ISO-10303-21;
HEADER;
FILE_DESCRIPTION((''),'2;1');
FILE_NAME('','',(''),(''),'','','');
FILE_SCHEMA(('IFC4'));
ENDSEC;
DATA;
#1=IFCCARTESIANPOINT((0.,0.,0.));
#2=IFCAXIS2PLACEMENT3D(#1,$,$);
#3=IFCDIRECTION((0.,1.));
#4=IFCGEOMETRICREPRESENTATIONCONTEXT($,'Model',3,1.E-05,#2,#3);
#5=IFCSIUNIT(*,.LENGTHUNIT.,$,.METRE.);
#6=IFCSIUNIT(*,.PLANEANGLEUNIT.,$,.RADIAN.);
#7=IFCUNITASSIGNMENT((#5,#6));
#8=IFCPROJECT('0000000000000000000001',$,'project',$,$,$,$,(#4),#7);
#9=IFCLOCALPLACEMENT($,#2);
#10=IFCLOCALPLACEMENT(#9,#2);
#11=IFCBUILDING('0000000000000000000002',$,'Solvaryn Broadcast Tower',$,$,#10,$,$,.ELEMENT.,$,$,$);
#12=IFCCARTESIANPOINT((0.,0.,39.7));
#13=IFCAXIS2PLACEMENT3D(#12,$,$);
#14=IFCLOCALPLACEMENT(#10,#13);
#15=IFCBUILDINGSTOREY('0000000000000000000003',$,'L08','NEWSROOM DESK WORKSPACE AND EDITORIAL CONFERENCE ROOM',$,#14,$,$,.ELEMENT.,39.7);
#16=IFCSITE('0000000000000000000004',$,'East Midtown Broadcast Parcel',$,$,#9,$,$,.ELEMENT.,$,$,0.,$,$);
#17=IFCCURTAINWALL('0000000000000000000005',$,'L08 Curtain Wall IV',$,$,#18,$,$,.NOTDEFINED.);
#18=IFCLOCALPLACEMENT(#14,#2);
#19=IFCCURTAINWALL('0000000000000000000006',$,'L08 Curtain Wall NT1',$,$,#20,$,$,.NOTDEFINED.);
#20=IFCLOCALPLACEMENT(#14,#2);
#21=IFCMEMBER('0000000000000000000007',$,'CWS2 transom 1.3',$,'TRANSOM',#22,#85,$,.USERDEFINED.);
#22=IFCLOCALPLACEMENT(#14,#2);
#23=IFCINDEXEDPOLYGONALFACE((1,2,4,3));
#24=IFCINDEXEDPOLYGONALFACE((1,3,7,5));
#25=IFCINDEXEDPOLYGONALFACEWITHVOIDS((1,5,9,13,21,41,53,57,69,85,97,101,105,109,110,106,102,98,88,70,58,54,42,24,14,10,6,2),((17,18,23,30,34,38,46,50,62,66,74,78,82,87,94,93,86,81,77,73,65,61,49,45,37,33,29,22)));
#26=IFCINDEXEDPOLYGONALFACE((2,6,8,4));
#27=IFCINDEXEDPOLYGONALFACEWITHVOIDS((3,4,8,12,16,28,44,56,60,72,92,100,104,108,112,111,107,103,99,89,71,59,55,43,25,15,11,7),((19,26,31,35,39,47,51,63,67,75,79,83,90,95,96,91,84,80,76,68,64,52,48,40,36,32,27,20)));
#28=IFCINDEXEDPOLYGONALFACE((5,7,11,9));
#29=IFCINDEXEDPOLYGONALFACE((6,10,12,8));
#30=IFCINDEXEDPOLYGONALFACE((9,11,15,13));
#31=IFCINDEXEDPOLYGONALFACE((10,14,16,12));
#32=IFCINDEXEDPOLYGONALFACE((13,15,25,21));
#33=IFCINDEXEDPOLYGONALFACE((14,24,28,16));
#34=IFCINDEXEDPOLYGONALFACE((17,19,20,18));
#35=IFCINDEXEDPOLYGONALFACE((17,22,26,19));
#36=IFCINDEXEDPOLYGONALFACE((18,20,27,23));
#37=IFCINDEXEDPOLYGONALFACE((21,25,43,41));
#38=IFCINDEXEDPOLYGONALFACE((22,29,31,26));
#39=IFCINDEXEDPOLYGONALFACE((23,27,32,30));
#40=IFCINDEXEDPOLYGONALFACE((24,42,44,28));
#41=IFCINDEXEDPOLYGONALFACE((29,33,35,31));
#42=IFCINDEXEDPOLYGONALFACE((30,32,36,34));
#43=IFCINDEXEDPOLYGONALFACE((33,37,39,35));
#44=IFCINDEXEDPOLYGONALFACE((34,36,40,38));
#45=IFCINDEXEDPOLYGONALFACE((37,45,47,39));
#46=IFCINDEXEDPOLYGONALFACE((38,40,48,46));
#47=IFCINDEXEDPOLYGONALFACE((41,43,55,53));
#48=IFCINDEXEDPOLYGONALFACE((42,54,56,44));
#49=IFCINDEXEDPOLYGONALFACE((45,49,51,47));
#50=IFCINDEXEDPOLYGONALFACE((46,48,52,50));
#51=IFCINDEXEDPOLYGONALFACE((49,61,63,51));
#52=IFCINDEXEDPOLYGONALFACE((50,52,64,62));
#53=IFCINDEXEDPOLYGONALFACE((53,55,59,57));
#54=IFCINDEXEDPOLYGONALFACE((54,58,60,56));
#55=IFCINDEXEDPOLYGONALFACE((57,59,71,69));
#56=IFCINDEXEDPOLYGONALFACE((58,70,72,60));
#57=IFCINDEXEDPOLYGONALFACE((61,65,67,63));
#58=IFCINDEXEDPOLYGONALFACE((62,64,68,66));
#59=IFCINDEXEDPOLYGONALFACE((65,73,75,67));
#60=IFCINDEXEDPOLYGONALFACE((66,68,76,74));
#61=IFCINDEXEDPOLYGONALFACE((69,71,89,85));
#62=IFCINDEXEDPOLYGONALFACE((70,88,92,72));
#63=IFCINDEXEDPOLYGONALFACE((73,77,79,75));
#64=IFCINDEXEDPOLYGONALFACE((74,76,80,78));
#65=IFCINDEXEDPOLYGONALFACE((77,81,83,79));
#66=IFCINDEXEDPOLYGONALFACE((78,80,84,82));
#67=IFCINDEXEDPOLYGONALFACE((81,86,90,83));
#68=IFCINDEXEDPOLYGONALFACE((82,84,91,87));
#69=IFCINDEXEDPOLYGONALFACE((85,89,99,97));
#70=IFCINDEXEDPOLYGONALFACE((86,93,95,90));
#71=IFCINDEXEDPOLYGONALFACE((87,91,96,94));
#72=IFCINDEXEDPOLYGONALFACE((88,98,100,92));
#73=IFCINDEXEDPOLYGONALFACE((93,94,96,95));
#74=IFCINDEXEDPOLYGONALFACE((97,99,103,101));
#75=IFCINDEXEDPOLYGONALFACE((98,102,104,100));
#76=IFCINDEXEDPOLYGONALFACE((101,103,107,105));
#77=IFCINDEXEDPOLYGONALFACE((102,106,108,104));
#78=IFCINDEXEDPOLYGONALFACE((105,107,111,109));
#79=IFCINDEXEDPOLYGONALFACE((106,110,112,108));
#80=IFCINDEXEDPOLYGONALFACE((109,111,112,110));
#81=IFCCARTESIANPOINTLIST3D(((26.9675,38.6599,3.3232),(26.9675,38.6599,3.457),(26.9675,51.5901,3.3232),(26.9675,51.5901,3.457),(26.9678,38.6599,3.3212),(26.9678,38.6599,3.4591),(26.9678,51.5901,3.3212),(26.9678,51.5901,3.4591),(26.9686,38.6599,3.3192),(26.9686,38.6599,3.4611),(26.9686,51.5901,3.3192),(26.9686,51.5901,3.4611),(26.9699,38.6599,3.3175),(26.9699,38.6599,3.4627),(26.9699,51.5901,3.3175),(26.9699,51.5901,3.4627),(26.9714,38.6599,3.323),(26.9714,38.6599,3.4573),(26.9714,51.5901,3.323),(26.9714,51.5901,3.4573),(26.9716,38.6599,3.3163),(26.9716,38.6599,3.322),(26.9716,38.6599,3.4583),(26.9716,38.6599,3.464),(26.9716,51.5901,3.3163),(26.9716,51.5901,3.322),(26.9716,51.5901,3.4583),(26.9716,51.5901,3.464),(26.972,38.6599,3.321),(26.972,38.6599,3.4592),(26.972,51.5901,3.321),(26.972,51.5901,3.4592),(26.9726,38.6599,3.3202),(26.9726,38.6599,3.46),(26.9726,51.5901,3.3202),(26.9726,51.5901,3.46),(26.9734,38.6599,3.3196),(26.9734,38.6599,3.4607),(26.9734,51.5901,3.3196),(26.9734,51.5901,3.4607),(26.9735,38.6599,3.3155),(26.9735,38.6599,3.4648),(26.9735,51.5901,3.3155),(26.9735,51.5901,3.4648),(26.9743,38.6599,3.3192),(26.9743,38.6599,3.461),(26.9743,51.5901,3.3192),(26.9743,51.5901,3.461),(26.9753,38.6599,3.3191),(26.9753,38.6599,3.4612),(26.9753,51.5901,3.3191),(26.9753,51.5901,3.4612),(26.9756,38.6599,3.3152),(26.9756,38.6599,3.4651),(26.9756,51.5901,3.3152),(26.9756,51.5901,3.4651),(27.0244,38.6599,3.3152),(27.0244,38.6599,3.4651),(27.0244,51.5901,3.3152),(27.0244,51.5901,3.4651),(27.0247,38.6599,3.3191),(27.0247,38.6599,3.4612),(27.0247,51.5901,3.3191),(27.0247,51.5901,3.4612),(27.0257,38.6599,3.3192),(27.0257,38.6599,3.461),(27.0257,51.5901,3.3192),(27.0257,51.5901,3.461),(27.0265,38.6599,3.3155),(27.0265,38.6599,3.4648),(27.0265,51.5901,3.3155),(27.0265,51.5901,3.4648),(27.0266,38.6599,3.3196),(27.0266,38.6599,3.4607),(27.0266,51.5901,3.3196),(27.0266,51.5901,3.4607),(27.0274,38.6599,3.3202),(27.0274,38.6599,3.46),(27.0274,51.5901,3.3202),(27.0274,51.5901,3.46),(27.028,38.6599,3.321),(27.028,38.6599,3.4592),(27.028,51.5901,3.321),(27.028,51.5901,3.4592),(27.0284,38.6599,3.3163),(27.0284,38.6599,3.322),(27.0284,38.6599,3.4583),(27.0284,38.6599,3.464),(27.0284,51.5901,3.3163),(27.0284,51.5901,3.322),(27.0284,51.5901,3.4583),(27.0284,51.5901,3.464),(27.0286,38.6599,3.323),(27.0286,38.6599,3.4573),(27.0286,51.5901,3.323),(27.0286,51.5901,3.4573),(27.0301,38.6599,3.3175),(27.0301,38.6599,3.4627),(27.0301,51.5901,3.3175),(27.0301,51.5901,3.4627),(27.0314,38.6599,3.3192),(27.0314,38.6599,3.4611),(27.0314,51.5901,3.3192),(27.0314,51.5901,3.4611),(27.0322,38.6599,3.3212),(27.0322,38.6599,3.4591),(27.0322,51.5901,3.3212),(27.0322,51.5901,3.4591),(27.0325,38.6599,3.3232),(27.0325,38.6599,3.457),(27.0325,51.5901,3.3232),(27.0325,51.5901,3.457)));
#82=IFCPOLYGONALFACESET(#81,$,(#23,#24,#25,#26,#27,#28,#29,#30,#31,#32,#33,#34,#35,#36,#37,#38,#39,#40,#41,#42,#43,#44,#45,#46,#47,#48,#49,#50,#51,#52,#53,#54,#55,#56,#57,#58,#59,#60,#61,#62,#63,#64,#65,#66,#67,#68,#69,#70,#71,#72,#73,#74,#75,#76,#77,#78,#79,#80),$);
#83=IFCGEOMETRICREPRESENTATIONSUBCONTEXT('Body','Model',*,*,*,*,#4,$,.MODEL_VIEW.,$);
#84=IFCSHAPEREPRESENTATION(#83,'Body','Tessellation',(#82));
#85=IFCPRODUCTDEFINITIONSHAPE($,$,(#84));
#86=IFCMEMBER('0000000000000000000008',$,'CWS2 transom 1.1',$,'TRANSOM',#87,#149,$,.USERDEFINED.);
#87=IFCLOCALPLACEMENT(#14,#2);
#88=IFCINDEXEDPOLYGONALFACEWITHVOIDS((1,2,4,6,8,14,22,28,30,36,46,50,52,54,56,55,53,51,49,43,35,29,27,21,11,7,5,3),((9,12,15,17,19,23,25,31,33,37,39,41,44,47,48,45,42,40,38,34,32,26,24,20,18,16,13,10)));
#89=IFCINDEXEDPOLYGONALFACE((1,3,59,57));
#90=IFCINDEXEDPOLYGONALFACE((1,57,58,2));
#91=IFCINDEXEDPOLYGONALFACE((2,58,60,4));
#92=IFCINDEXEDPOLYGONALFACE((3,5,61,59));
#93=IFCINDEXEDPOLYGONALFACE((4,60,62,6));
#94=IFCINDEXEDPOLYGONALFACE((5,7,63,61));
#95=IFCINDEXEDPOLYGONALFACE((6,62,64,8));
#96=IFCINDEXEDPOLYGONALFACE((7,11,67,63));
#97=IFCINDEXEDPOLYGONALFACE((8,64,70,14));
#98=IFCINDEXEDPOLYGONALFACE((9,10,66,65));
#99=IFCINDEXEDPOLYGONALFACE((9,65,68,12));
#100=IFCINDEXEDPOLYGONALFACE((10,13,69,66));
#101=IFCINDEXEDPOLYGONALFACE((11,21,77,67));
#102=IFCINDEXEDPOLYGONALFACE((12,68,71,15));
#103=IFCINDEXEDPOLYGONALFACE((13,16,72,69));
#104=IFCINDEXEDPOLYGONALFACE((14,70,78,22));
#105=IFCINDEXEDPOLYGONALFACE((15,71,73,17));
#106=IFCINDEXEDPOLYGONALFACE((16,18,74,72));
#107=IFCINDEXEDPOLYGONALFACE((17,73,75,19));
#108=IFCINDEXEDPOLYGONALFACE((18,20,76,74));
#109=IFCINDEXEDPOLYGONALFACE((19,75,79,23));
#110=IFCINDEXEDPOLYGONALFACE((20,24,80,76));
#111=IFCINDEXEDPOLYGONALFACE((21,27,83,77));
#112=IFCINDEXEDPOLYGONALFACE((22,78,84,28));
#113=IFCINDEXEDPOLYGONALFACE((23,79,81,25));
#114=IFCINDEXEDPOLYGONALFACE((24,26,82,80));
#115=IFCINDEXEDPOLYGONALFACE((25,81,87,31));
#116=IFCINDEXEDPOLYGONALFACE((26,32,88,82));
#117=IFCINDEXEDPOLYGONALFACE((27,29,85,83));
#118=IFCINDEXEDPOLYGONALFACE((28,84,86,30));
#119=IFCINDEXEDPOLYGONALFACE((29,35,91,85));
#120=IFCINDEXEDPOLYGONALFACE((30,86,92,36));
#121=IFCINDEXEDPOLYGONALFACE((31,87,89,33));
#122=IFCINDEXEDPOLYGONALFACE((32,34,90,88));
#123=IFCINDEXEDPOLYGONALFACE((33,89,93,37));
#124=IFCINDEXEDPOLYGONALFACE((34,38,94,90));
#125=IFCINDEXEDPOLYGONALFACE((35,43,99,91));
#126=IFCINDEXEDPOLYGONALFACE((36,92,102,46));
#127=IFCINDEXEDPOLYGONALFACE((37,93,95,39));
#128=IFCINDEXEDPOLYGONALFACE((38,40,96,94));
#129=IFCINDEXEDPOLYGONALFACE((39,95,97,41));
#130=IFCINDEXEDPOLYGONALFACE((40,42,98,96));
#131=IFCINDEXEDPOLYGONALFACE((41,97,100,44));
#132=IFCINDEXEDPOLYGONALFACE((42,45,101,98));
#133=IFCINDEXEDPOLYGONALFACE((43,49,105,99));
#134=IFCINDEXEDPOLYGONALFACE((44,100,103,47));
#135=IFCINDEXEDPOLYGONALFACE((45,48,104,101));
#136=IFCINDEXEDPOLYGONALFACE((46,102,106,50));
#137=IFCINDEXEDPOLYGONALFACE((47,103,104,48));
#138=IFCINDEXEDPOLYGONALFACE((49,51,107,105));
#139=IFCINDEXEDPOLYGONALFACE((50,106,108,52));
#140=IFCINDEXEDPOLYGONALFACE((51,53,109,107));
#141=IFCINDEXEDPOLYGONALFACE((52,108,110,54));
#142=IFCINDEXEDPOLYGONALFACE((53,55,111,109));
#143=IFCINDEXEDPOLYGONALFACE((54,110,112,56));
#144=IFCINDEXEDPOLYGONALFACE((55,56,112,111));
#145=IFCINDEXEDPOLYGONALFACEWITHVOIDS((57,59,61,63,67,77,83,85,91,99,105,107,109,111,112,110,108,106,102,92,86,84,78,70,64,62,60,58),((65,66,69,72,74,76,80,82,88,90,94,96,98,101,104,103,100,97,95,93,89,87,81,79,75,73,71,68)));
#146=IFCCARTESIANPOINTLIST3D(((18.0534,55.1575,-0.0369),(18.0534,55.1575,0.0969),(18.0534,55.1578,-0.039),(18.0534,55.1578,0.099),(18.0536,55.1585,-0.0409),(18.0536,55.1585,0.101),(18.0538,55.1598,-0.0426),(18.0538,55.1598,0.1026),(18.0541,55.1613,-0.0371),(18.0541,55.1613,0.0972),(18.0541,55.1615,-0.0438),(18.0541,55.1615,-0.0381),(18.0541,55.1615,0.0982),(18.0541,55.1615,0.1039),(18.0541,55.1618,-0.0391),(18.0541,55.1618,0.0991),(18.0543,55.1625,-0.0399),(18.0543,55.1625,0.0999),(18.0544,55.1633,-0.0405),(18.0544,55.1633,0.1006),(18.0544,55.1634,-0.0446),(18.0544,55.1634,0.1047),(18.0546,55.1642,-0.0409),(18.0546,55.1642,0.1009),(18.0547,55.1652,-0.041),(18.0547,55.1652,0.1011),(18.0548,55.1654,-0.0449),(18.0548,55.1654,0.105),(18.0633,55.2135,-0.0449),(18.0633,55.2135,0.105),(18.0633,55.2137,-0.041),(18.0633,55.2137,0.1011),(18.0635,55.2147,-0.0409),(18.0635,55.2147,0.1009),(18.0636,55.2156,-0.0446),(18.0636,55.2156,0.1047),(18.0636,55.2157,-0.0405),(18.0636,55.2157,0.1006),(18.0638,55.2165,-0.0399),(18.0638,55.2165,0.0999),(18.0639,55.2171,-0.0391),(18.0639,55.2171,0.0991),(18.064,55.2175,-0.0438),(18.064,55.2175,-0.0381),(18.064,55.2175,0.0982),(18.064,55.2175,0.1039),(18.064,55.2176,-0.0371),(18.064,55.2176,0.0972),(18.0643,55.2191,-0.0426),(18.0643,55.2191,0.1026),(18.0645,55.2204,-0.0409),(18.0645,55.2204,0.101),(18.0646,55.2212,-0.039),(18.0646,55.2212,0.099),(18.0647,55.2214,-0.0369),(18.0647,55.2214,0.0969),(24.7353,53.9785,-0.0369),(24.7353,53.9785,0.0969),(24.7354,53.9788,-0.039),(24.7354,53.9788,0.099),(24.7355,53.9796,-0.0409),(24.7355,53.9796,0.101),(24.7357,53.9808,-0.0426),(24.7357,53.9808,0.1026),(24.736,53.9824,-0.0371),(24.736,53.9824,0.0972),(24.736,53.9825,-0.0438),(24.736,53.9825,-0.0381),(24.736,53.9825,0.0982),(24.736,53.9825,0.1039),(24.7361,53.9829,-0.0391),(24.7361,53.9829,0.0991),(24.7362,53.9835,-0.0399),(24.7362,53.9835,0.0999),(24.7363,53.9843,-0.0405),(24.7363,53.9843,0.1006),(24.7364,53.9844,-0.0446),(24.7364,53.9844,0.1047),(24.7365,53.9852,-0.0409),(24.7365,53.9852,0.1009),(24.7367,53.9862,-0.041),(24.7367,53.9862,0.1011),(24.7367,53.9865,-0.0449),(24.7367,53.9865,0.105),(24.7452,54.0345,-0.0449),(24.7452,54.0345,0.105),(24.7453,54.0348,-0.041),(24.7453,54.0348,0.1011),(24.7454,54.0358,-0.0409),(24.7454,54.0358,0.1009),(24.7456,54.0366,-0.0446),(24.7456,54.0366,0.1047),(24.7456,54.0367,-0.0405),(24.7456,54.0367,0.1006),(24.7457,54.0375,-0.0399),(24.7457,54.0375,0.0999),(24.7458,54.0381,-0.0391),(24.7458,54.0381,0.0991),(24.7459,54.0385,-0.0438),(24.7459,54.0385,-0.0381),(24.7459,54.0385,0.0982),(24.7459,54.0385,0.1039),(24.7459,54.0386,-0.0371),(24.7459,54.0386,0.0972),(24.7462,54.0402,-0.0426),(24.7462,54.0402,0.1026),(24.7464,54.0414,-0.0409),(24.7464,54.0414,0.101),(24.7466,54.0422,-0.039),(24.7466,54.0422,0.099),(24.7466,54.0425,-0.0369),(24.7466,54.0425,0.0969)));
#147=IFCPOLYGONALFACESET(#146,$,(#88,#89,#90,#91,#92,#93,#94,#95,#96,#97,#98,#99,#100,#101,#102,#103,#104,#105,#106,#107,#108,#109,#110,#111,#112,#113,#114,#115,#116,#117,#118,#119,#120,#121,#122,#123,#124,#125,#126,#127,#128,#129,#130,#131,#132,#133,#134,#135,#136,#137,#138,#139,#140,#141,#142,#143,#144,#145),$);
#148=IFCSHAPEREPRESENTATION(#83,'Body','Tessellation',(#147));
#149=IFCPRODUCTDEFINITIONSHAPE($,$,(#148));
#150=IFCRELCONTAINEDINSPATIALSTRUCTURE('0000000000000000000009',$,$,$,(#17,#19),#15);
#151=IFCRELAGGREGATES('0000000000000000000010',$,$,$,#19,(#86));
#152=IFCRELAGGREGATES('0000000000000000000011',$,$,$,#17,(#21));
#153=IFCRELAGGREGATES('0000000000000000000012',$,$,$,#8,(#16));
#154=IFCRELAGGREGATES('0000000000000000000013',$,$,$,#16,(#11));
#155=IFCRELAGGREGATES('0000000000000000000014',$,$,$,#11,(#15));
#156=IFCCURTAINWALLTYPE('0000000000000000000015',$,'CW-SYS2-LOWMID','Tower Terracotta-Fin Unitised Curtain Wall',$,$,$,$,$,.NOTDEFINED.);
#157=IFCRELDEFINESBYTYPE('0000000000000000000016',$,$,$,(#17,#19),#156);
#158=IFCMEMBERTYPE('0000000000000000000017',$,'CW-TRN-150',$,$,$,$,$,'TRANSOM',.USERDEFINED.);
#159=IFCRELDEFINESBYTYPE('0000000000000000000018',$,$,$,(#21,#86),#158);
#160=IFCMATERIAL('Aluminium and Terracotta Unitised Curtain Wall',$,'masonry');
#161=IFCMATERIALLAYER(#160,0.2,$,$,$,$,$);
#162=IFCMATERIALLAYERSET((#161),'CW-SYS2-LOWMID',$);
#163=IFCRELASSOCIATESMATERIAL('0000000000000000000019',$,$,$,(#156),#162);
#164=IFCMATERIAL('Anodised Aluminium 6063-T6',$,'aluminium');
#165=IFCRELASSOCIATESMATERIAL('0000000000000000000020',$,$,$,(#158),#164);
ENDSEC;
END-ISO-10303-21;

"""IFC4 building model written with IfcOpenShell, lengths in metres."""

from ifc_helpers import new_model, si_unit, direction, frame, origin, origin_2d, place, context, subcontext, project, spatial, hollow_rectangle, extrude, material, layer, layer_set, material_profile, profile_set, type_object, element, aggregate, save


model = new_model("IFC4")

# Units and contexts
model_context = context("Model", 3, precision=1e-05, world=origin(), true_north=direction((0.0, 1.0)))
body_context = subcontext(model_context, "Body", "Model", "MODEL_VIEW")
ifc_project = project(units=[si_unit("LENGTHUNIT", "METRE"), si_unit("PLANEANGLEUNIT", "RADIAN")], contexts=[model_context])

# Site, building, storey
site_placement = place(None, origin())
site = spatial("IfcSite", under=ifc_project, at=site_placement, Name="East Midtown Broadcast Parcel", CompositionType="ELEMENT", RefElevation=0.0)
building_placement = place(site_placement, origin())
building = spatial("IfcBuilding", under=site, at=building_placement, Name="Solvaryn Broadcast Tower", CompositionType="ELEMENT")
storey_placement = place(building_placement, frame((0.0, 0.0, 39.7)))
storey = spatial("IfcBuildingStorey", under=building, at=storey_placement, Name="L08", Description="NEWSROOM DESK WORKSPACE AND EDITORIAL CONFERENCE ROOM", CompositionType="ELEMENT", Elevation=39.7)

# Curtain wall
ifc_material_1 = material(Name="Aluminium and Terracotta Unitised Curtain Wall", Category="masonry")
ifc_layer_1 = layer(ifc_material_1, 0.2)
ifc_layer_set_1 = layer_set([ifc_layer_1], Name="CW-SYS2-LOWMID")
curtain_wall_type = type_object("IfcCurtainWallType", Name="CW-SYS2-LOWMID", Description="Tower Terracotta-Fin Unitised Curtain Wall", PredefinedType="NOTDEFINED", material=ifc_layer_set_1)
curtain_wall_1_placement = place(storey_placement, origin())
curtain_wall_1 = element("IfcCurtainWall", 1, at=curtain_wall_1_placement, inside=storey, type_object=curtain_wall_type, Name="L08 Curtain Wall IV", PredefinedType="NOTDEFINED")

# Curtain wall
curtain_wall_2_placement = place(storey_placement, origin())
curtain_wall_2 = element("IfcCurtainWall", 2, at=curtain_wall_2_placement, inside=storey, type_object=curtain_wall_type, Name="L08 Curtain Wall NT1", PredefinedType="NOTDEFINED")

# Members
ifc_material_2 = material(Name="Anodised Aluminium 6063-T6", Category="aluminium")
ifc_material_profile_1 = material_profile(ifc_material_2, hollow_rectangle(XDim=0.0649, YDim=0.1499, WallThickness=0.0039, InnerFilletRadius=0.0039, OuterFilletRadius=0.0081, at=origin_2d()))
ifc_profile_set_1 = profile_set([ifc_material_profile_1], Name="Anodised Aluminium 6063-T6")
member_type_1 = type_object("IfcMemberType", Name="CW-TRN-150", ElementType="TRANSOM", PredefinedType="USERDEFINED", material=ifc_profile_set_1)
member_1_placement = place(storey_placement, frame((27.0, 51.5901, 3.3901), z_axis=(0.0, -1.0, 0.0), x_axis=(1.0, 0.0, 0.0)))
member_1 = element("IfcMember", 3, at=member_1_placement, type_object=member_type_1, Name="CWS2 transom 1.3", ObjectType="TRANSOM", PredefinedType="USERDEFINED", context=body_context, shape_type="SweptSolid", body=[
    extrude(hollow_rectangle(XDim=0.0649, YDim=0.1499, WallThickness=0.0039, InnerFilletRadius=0.0039, OuterFilletRadius=0.0081, at=origin_2d()), origin(), (0.0, 0.0, 1.0), 12.9302),
])
member_2_placement = place(storey_placement, frame((24.741, 54.0105, 0.03), z_axis=(-0.984789, 0.173757, 0.0), x_axis=(-0.173757, -0.984789, 0.0)))
member_2 = element("IfcMember", 4, at=member_2_placement, type_object=member_type_1, Name="CWS2 transom 1.1", ObjectType="TRANSOM", PredefinedType="USERDEFINED", context=body_context, shape_type="SweptSolid", body=[
    extrude(hollow_rectangle(XDim=0.0649, YDim=0.1499, WallThickness=0.0039, InnerFilletRadius=0.0039, OuterFilletRadius=0.0081, at=origin_2d()), origin(), (0.0, 0.0, 1.0), 6.7852),
])
aggregate(curtain_wall_2, [member_2])

aggregate(curtain_wall_1, [member_1])

save(model, "model.ifc")
